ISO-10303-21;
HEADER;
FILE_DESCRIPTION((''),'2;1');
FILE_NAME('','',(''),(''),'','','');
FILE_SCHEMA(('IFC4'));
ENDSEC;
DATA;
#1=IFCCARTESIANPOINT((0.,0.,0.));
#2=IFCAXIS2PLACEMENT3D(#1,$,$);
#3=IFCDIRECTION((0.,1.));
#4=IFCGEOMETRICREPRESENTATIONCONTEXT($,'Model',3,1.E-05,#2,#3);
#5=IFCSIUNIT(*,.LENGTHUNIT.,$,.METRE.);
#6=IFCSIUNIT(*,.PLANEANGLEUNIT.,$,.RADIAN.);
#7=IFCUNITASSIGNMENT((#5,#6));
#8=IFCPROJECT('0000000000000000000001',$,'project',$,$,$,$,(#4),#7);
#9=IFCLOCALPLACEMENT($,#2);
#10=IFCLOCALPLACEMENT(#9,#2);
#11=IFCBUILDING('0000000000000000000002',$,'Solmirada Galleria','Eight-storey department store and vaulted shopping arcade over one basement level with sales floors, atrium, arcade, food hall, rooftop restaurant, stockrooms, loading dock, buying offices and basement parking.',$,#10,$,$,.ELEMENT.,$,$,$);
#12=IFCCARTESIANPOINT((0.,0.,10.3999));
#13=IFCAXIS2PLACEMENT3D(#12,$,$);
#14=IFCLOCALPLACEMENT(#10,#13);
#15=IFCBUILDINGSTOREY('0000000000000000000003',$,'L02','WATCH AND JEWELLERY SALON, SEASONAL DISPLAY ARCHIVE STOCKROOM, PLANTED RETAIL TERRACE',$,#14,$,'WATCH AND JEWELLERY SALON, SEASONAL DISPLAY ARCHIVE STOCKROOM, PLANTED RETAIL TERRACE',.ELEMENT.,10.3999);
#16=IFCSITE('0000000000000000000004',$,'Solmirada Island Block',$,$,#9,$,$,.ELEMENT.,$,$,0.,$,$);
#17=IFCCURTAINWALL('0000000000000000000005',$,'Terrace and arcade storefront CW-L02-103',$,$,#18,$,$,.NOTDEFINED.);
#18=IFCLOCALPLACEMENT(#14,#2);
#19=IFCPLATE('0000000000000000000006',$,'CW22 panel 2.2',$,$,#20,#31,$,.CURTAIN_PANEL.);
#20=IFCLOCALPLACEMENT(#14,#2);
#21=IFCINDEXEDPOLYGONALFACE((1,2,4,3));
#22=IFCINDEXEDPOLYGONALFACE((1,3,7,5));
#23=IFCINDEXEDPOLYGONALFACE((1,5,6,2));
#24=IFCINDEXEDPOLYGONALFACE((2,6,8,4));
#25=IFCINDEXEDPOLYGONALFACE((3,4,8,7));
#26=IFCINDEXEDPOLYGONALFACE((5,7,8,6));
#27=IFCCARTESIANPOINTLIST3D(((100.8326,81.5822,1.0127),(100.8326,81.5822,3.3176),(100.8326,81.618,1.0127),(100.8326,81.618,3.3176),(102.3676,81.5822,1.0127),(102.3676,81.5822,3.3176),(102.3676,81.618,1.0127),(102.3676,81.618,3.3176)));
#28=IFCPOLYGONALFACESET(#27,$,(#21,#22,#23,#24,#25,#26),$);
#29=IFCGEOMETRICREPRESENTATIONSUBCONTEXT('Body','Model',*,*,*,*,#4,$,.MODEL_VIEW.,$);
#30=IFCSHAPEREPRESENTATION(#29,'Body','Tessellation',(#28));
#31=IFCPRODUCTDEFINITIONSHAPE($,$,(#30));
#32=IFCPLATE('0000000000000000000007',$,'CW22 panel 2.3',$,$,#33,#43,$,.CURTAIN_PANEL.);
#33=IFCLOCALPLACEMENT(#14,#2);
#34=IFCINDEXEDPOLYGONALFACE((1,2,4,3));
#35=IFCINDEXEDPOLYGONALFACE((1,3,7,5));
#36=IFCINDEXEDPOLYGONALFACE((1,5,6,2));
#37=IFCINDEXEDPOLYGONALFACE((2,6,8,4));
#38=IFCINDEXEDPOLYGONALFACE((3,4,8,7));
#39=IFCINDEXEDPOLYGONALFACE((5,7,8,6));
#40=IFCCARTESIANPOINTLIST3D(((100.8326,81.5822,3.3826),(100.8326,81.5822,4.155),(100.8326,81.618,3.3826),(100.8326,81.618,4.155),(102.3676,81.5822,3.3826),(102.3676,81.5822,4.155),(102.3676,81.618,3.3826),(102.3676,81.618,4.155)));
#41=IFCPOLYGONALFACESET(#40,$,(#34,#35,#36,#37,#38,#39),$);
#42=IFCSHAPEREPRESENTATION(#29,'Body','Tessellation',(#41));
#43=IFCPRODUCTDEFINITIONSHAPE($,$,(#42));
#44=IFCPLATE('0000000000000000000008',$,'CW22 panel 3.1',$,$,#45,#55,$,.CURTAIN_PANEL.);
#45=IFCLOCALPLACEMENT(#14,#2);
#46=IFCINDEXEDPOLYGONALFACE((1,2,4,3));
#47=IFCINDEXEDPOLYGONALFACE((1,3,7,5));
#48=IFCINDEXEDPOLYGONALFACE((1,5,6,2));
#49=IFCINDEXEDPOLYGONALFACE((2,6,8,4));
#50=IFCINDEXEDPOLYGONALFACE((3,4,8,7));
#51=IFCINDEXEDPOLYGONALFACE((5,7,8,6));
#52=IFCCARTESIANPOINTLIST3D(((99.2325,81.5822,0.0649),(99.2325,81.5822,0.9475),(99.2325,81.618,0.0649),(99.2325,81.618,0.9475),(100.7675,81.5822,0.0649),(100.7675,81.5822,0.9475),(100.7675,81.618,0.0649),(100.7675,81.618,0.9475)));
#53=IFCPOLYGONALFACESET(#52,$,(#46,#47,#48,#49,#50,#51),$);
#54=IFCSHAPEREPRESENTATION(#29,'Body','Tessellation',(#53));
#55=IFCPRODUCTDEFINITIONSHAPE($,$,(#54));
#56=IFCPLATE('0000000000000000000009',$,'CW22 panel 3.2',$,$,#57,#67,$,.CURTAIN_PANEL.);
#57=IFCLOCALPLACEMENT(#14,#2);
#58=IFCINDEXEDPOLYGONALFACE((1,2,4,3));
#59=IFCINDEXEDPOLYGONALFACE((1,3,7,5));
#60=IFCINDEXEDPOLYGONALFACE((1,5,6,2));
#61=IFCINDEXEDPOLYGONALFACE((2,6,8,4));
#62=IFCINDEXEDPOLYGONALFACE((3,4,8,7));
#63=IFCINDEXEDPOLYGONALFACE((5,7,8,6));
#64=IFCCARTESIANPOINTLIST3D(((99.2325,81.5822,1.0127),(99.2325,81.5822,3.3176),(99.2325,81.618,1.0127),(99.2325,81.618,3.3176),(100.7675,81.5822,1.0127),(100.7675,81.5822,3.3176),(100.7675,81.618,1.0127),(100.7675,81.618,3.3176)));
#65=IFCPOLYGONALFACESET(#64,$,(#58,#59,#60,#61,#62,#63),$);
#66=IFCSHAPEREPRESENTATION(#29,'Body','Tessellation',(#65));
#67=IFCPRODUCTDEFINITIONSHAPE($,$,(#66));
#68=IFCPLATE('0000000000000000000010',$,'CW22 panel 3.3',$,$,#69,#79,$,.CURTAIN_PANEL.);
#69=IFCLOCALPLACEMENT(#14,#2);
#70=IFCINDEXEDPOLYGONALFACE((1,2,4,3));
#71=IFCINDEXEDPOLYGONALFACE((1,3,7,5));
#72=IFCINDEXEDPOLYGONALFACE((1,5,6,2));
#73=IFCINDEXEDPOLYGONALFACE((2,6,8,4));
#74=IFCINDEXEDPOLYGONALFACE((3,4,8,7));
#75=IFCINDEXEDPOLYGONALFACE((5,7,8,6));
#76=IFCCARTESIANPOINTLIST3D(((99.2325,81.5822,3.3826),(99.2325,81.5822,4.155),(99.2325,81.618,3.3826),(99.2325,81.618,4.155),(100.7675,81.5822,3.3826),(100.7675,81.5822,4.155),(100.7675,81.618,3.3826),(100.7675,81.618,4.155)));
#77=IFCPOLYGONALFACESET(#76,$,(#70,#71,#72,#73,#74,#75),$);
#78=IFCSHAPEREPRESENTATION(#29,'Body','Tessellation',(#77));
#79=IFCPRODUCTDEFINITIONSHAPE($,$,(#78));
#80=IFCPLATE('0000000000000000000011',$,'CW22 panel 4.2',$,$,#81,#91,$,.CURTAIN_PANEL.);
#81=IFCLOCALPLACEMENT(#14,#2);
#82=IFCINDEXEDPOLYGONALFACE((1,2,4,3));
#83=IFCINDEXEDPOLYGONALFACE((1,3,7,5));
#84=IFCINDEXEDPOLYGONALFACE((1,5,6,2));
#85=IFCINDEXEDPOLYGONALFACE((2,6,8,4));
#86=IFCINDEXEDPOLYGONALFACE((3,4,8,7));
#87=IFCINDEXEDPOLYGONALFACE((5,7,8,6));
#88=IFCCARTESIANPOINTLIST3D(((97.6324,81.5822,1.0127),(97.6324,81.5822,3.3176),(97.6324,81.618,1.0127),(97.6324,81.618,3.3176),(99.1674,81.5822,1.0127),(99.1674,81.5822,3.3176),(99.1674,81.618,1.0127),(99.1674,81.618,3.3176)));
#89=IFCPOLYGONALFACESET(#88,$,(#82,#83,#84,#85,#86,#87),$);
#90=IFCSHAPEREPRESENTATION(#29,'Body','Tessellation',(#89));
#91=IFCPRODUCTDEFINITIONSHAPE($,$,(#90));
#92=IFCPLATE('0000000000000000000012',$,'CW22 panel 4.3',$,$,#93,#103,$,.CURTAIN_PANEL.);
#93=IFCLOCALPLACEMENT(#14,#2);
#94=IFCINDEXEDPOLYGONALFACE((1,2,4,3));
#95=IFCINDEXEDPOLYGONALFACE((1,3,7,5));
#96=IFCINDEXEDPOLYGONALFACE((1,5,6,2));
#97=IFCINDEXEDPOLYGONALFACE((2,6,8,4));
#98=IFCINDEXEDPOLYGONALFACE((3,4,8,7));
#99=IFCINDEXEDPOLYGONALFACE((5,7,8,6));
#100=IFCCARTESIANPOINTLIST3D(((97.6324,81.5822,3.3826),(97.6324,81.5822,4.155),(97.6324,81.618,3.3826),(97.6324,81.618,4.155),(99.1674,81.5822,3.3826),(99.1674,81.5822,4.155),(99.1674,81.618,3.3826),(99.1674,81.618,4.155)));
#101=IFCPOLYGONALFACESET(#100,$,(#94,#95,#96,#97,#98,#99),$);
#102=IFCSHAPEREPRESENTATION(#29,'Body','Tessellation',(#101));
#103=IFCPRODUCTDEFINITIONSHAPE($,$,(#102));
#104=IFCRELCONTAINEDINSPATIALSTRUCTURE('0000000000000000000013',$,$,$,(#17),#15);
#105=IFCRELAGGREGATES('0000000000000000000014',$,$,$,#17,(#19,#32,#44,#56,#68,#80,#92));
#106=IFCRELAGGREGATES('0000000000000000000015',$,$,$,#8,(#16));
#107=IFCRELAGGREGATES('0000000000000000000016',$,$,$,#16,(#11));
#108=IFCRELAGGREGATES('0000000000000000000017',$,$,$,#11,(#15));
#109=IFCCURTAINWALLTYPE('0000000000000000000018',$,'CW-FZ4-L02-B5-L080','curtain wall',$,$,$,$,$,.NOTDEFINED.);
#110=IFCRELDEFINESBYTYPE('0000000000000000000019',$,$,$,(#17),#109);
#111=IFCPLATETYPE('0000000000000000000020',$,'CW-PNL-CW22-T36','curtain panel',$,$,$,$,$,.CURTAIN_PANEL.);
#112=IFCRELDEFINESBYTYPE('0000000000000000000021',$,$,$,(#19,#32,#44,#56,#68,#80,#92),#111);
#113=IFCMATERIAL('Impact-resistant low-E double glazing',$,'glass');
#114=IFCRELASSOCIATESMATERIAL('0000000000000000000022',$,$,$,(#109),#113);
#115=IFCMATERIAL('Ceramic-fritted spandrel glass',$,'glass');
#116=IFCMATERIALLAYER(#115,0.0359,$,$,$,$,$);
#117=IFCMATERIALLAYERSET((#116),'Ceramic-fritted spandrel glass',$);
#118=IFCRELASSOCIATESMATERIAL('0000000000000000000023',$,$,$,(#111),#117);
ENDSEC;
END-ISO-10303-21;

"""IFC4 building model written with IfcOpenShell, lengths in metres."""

from ifc_helpers import new_model, si_unit, direction, frame, origin, origin_2d, place, context, subcontext, project, spatial, rectangle, extrude, material, layer, layer_set, type_object, element, aggregate, save


model = new_model("IFC4")

# Units and contexts
model_context = context("Model", 3, precision=1e-05, world=origin(), true_north=direction((0.0, 1.0)))
body_context = subcontext(model_context, "Body", "Model", "MODEL_VIEW")
ifc_project = project(units=[si_unit("LENGTHUNIT", "METRE"), si_unit("PLANEANGLEUNIT", "RADIAN")], contexts=[model_context])

# Site, building, storey
site_placement = place(None, origin())
site = spatial("IfcSite", under=ifc_project, at=site_placement, Name="Solmirada Island Block", CompositionType="ELEMENT", RefElevation=0.0)
building_placement = place(site_placement, origin())
building = spatial("IfcBuilding", under=site, at=building_placement, Name="Solmirada Galleria", Description="Eight-storey department store and vaulted shopping arcade over one basement level with sales floors, atrium, arcade, food hall, rooftop restaurant, stockrooms, loading dock, buying offices and basement parking.", CompositionType="ELEMENT")
storey_placement = place(building_placement, frame((0.0, 0.0, 10.3999)))
storey = spatial("IfcBuildingStorey", under=building, at=storey_placement, Name="L02", Description="WATCH AND JEWELLERY SALON, SEASONAL DISPLAY ARCHIVE STOCKROOM, PLANTED RETAIL TERRACE", LongName="WATCH AND JEWELLERY SALON, SEASONAL DISPLAY ARCHIVE STOCKROOM, PLANTED RETAIL TERRACE", CompositionType="ELEMENT", Elevation=10.3999)

# Curtain wall, plates
ifc_material_1 = material(Name="Impact-resistant low-E double glazing", Category="glass")
curtain_wall_type = type_object("IfcCurtainWallType", Name="CW-FZ4-L02-B5-L080", Description="curtain wall", PredefinedType="NOTDEFINED", material=ifc_material_1)
curtain_wall_placement = place(storey_placement, origin())
curtain_wall = element("IfcCurtainWall", 1, at=curtain_wall_placement, inside=storey, type_object=curtain_wall_type, Name="Terrace and arcade storefront CW-L02-103", PredefinedType="NOTDEFINED")
ifc_material_2 = material(Name="Ceramic-fritted spandrel glass", Category="glass")
ifc_layer = layer(ifc_material_2, 0.0359)
ifc_layer_set = layer_set([ifc_layer], Name="Ceramic-fritted spandrel glass")
plate_type = type_object("IfcPlateType", Name="CW-PNL-CW22-T36", Description="curtain panel", PredefinedType="CURTAIN_PANEL", material=ifc_layer_set)
plate_1_placement = place(storey_placement, frame((101.6001, 81.6001, 1.0127), z_axis=(0.0, 0.0, 1.0), x_axis=(-1.0, 0.0, 0.0)))
plate_1 = element("IfcPlate", 2, at=plate_1_placement, type_object=plate_type, Name="CW22 panel 2.2", PredefinedType="CURTAIN_PANEL", context=body_context, shape_type="SweptSolid", body=[
    extrude(rectangle(XDim=1.5349, YDim=0.0359, at=origin_2d()), origin(), (0.0, 0.0, 1.0), 2.3049),
])
plate_2_placement = place(storey_placement, frame((101.6001, 81.6001, 3.3826), z_axis=(0.0, 0.0, 1.0), x_axis=(-1.0, 0.0, 0.0)))
plate_2 = element("IfcPlate", 3, at=plate_2_placement, type_object=plate_type, Name="CW22 panel 2.3", PredefinedType="CURTAIN_PANEL", context=body_context, shape_type="SweptSolid", body=[
    extrude(rectangle(XDim=1.5349, YDim=0.0359, at=origin_2d()), origin(), (0.0, 0.0, 1.0), 0.7725),
])
plate_3_placement = place(storey_placement, frame((100.0, 81.6001, 0.0649), z_axis=(0.0, 0.0, 1.0), x_axis=(-1.0, 0.0, 0.0)))
plate_3 = element("IfcPlate", 4, at=plate_3_placement, type_object=plate_type, Name="CW22 panel 3.1", PredefinedType="CURTAIN_PANEL", context=body_context, shape_type="SweptSolid", body=[
    extrude(rectangle(XDim=1.5349, YDim=0.0359, at=origin_2d()), origin(), (0.0, 0.0, 1.0), 0.8826),
])
plate_4_placement = place(storey_placement, frame((100.0, 81.6001, 1.0127), z_axis=(0.0, 0.0, 1.0), x_axis=(-1.0, 0.0, 0.0)))
plate_4 = element("IfcPlate", 5, at=plate_4_placement, type_object=plate_type, Name="CW22 panel 3.2", PredefinedType="CURTAIN_PANEL", context=body_context, shape_type="SweptSolid", body=[
    extrude(rectangle(XDim=1.5349, YDim=0.0359, at=origin_2d()), origin(), (0.0, 0.0, 1.0), 2.3049),
])
plate_5_placement = place(storey_placement, frame((100.0, 81.6001, 3.3826), z_axis=(0.0, 0.0, 1.0), x_axis=(-1.0, 0.0, 0.0)))
plate_5 = element("IfcPlate", 6, at=plate_5_placement, type_object=plate_type, Name="CW22 panel 3.3", PredefinedType="CURTAIN_PANEL", context=body_context, shape_type="SweptSolid", body=[
    extrude(rectangle(XDim=1.5349, YDim=0.0359, at=origin_2d()), origin(), (0.0, 0.0, 1.0), 0.7725),
])
plate_6_placement = place(storey_placement, frame((98.3999, 81.6001, 1.0127), z_axis=(0.0, 0.0, 1.0), x_axis=(-1.0, 0.0, 0.0)))
plate_6 = element("IfcPlate", 7, at=plate_6_placement, type_object=plate_type, Name="CW22 panel 4.2", PredefinedType="CURTAIN_PANEL", context=body_context, shape_type="SweptSolid", body=[
    extrude(rectangle(XDim=1.5349, YDim=0.0359, at=origin_2d()), origin(), (0.0, 0.0, 1.0), 2.3049),
])
plate_7_placement = place(storey_placement, frame((98.3999, 81.6001, 3.3826), z_axis=(0.0, 0.0, 1.0), x_axis=(-1.0, 0.0, 0.0)))
plate_7 = element("IfcPlate", 8, at=plate_7_placement, type_object=plate_type, Name="CW22 panel 4.3", PredefinedType="CURTAIN_PANEL", context=body_context, shape_type="SweptSolid", body=[
    extrude(rectangle(XDim=1.5349, YDim=0.0359, at=origin_2d()), origin(), (0.0, 0.0, 1.0), 0.7725),
])
aggregate(curtain_wall, [plate_1, plate_2, plate_3, plate_4, plate_5, plate_6, plate_7])

save(model, "model.ifc")
